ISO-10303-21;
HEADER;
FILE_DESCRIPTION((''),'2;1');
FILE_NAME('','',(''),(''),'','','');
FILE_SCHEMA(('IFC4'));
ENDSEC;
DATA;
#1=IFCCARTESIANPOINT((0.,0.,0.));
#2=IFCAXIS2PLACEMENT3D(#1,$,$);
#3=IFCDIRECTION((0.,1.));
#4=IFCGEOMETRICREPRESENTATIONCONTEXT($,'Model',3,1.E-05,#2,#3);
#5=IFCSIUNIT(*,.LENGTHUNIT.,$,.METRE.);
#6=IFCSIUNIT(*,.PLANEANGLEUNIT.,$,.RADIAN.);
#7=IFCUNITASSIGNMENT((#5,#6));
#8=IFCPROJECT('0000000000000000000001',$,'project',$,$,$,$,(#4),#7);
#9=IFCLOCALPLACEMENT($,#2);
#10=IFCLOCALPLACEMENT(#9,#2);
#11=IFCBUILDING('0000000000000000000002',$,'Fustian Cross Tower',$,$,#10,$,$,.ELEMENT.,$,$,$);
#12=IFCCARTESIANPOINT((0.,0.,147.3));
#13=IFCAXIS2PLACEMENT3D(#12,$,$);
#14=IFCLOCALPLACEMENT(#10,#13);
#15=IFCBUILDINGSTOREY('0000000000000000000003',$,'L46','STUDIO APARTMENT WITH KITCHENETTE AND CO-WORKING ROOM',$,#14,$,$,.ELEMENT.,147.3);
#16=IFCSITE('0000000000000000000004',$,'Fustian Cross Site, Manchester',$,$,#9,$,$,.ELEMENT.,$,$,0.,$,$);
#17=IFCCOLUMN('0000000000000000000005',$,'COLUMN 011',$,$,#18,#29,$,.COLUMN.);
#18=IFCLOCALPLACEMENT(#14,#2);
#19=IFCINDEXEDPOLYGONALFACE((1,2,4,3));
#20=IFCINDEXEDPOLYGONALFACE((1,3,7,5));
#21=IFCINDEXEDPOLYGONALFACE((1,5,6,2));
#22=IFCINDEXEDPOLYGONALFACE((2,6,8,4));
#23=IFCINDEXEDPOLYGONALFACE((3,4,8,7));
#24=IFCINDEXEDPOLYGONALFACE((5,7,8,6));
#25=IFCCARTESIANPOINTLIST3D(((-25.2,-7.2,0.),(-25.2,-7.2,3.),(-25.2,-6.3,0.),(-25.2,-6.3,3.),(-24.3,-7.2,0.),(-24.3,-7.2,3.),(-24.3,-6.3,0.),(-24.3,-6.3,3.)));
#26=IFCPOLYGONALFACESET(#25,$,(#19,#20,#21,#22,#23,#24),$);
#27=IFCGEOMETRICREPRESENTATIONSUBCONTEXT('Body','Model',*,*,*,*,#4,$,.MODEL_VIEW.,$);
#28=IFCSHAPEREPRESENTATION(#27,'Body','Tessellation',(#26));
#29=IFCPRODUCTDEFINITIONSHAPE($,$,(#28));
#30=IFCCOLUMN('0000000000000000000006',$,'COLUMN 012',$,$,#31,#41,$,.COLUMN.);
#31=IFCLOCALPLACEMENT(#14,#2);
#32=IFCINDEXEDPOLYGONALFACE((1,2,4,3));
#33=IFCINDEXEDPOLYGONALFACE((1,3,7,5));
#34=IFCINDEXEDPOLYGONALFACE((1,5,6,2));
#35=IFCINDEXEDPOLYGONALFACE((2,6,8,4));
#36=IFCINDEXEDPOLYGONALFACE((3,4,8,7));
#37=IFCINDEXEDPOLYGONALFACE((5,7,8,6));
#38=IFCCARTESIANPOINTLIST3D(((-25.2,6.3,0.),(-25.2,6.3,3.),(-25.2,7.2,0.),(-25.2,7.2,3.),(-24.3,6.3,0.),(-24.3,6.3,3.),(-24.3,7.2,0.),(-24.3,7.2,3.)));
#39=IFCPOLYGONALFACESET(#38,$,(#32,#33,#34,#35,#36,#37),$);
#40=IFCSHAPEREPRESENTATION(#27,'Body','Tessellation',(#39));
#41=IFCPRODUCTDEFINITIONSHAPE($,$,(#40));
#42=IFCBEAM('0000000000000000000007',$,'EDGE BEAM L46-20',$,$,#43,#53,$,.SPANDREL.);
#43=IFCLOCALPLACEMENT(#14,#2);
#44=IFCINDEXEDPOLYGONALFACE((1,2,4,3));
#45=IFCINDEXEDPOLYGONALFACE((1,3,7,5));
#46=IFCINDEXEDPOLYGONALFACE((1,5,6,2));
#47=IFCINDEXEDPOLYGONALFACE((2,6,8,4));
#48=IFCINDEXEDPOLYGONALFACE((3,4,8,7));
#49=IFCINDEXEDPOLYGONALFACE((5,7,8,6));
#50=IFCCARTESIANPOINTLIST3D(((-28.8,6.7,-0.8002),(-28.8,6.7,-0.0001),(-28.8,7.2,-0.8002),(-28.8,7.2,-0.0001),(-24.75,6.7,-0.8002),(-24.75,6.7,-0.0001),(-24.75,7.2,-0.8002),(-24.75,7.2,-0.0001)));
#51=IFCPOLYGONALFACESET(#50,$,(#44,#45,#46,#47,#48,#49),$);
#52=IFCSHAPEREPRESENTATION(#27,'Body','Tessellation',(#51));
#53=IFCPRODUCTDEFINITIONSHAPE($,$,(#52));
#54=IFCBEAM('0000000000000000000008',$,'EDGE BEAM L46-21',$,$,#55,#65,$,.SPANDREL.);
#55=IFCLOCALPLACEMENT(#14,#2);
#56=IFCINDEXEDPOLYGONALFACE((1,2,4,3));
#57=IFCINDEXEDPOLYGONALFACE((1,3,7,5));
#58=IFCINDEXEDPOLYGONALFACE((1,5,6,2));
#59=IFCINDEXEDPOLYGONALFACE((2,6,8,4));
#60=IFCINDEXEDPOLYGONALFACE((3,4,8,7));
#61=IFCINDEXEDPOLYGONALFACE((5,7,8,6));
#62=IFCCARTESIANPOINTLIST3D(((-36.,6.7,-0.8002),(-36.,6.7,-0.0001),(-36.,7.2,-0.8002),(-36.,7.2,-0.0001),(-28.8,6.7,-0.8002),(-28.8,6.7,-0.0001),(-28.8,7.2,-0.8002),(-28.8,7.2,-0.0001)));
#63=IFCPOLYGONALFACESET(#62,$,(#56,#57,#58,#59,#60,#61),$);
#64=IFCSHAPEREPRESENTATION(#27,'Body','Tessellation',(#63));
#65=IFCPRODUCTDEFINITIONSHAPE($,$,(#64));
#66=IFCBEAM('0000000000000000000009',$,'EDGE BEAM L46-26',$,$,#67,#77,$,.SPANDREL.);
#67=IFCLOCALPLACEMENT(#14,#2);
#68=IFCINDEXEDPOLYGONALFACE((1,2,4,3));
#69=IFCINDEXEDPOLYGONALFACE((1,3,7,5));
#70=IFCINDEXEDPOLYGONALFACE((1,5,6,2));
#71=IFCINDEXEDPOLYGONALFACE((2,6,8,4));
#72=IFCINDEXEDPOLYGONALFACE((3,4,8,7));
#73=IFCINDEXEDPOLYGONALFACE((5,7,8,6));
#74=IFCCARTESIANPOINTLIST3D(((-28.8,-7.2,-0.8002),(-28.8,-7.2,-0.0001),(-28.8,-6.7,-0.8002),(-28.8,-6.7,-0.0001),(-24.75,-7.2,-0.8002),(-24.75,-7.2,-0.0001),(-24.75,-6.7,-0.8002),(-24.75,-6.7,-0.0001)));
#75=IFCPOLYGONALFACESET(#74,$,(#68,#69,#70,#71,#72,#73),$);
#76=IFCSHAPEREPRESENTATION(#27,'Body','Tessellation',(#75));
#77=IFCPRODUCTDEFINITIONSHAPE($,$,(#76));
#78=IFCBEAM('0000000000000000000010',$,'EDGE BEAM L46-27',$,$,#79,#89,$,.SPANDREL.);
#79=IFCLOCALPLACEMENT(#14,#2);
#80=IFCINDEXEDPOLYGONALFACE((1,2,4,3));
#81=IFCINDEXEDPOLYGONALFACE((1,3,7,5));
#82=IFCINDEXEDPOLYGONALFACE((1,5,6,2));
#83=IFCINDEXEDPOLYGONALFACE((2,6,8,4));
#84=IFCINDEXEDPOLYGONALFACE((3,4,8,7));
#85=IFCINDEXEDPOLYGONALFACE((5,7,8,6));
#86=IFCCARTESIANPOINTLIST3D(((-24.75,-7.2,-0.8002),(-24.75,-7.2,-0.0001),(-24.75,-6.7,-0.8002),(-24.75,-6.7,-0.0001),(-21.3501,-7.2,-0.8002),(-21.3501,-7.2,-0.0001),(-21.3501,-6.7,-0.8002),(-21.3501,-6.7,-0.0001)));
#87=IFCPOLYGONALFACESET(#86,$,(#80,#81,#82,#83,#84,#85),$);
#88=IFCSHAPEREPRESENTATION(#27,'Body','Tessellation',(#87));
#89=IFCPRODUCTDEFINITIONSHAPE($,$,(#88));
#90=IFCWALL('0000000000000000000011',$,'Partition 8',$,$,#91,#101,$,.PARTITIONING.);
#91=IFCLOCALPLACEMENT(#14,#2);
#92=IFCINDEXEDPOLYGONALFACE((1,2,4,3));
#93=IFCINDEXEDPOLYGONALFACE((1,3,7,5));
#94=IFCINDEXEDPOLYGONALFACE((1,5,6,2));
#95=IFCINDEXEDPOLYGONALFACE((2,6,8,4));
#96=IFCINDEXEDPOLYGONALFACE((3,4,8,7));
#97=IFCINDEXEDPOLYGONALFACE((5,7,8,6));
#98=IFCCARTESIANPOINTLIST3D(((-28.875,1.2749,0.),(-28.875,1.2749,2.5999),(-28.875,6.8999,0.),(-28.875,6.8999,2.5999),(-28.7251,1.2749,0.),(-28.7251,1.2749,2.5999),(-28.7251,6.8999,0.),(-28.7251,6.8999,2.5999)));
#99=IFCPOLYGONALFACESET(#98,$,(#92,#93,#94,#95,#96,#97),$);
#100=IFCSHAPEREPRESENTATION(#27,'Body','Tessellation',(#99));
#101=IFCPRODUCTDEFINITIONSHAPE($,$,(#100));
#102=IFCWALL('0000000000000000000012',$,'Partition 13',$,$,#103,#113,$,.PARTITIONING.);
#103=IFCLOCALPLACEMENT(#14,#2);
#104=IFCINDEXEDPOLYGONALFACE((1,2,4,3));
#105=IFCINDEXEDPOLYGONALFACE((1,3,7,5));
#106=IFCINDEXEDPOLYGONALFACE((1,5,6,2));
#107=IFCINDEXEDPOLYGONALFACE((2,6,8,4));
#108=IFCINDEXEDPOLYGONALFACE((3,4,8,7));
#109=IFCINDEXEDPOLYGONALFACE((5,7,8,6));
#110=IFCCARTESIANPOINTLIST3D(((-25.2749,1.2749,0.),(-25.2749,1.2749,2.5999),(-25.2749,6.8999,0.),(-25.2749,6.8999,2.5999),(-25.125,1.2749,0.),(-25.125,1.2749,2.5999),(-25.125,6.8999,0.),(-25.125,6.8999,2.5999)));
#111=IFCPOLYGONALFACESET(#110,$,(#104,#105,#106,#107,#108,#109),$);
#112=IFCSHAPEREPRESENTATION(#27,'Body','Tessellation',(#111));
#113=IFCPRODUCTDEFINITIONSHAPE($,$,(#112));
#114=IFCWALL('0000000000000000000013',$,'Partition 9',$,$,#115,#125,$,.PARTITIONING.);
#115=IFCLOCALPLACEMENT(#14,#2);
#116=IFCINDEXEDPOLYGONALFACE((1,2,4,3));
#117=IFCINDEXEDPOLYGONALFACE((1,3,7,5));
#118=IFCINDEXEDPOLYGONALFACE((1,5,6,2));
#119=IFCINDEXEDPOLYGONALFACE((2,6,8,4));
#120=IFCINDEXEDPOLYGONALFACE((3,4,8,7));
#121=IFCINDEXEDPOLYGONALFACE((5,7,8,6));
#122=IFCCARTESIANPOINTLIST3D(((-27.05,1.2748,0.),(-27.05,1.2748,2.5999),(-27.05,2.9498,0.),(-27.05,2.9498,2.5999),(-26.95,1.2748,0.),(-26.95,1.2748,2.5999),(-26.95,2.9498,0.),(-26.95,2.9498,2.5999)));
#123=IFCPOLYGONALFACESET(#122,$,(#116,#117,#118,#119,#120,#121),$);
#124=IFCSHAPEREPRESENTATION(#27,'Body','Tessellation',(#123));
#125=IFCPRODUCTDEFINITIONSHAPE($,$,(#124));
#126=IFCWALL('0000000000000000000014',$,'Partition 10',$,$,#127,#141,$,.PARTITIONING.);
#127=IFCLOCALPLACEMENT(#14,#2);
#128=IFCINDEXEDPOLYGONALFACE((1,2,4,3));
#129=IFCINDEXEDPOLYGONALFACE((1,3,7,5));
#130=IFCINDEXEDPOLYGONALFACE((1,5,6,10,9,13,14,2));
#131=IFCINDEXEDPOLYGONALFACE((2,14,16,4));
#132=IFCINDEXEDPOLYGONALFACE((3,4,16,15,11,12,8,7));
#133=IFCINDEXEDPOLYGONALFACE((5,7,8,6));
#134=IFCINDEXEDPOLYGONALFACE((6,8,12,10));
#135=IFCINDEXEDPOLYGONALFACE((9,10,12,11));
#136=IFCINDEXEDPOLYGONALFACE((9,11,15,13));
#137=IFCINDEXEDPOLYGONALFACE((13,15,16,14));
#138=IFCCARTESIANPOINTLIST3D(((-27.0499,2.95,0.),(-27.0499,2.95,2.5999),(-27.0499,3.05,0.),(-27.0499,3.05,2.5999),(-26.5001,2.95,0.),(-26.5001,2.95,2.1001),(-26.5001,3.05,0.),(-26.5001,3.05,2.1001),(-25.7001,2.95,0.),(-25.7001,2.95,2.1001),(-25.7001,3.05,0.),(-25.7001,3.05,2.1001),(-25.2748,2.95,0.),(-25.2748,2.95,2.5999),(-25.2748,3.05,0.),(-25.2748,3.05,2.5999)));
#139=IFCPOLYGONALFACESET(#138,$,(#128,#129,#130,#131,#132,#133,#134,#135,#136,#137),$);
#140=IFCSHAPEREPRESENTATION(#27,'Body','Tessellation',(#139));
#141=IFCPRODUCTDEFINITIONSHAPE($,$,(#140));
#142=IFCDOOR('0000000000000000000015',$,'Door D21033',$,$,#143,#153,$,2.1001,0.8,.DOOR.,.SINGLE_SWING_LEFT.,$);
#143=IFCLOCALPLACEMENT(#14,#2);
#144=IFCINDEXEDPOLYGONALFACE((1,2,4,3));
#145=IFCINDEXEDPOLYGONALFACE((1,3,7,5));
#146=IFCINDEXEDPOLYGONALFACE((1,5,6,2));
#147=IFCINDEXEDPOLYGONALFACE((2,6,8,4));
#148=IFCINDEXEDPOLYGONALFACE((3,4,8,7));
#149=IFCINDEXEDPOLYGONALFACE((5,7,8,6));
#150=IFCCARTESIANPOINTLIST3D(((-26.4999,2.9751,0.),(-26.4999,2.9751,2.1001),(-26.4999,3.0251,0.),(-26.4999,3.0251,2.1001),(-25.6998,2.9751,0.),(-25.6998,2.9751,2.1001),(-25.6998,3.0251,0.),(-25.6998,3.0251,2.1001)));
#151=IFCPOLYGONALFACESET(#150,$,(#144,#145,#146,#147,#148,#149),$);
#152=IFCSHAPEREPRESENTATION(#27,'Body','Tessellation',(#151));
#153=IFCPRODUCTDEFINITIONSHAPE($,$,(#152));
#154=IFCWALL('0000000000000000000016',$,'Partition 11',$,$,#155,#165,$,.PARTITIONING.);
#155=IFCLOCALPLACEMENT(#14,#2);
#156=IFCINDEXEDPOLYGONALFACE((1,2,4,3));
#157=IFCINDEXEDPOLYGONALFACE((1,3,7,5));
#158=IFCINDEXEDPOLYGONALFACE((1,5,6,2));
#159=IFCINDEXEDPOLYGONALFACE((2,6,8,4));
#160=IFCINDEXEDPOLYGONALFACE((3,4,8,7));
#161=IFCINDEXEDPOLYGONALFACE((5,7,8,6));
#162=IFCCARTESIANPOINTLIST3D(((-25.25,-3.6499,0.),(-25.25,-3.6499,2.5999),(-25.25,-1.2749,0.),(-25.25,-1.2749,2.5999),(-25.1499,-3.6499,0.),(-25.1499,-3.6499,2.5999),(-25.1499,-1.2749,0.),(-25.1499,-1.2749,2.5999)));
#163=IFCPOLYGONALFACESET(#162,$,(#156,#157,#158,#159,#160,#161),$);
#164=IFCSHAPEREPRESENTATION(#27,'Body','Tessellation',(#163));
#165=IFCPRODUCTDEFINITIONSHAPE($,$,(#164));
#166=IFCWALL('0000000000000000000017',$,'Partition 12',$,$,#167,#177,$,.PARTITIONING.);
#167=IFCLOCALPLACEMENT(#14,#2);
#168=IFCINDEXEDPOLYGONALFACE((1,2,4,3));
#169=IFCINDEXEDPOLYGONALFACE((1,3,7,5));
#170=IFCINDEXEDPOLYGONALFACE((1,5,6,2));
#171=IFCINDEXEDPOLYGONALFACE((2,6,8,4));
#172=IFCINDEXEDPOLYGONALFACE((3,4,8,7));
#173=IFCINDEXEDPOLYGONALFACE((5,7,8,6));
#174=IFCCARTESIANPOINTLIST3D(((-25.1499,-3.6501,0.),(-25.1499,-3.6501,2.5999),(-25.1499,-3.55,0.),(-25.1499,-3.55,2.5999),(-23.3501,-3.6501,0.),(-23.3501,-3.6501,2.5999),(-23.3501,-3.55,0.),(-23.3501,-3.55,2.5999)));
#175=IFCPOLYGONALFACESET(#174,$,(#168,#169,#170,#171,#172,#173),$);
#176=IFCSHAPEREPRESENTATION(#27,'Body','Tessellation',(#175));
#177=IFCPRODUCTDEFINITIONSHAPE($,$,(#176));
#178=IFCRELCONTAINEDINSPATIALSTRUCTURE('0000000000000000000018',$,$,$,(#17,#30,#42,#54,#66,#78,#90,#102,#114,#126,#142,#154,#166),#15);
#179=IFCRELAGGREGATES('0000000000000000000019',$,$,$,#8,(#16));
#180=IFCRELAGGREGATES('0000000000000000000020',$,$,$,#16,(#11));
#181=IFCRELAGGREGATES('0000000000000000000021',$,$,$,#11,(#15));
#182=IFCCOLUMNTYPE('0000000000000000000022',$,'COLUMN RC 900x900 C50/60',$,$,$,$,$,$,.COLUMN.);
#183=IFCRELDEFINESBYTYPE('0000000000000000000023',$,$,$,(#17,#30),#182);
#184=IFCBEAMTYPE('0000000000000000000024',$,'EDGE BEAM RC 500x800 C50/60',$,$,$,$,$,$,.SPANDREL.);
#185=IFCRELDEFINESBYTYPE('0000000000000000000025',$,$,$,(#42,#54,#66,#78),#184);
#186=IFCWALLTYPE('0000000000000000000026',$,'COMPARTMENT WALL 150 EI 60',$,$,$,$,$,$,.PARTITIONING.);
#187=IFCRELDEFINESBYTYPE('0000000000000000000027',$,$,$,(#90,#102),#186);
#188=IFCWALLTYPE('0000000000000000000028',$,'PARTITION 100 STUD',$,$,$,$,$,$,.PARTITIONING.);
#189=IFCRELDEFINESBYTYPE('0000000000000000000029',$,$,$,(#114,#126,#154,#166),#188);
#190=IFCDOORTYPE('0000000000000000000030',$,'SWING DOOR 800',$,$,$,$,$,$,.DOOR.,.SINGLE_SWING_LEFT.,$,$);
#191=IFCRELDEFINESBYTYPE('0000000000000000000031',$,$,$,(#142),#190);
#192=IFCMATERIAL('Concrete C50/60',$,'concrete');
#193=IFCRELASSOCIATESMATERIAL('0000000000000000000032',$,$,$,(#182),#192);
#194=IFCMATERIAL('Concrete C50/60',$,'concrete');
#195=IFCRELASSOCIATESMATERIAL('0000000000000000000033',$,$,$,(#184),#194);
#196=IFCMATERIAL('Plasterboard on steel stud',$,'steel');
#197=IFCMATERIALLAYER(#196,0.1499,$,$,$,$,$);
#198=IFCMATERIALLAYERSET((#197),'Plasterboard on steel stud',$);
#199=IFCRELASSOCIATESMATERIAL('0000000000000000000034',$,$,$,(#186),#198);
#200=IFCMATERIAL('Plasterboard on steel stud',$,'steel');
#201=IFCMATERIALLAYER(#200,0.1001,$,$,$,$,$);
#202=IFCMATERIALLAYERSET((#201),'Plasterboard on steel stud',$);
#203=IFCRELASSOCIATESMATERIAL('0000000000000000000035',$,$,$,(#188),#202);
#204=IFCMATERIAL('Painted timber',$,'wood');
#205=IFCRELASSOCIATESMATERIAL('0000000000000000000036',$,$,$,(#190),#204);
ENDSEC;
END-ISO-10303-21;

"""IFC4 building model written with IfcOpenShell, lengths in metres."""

from ifc_helpers import new_model, si_unit, direction, frame, frame_2d, origin, origin_2d, place, context, subcontext, project, spatial, rectangle, extrude, material, layer, layer_set, material_profile, profile_set, type_object, element, fill, save


model = new_model("IFC4")

# Units and contexts
model_context = context("Model", 3, precision=1e-05, world=origin(), true_north=direction((0.0, 1.0)))
body_context = subcontext(model_context, "Body", "Model", "MODEL_VIEW")
ifc_project = project(units=[si_unit("LENGTHUNIT", "METRE"), si_unit("PLANEANGLEUNIT", "RADIAN")], contexts=[model_context])

# Site, building, storey
site_placement = place(None, origin())
site = spatial("IfcSite", under=ifc_project, at=site_placement, Name="Fustian Cross Site, Manchester", CompositionType="ELEMENT", RefElevation=0.0)
building_placement = place(site_placement, origin())
building = spatial("IfcBuilding", under=site, at=building_placement, Name="Fustian Cross Tower", CompositionType="ELEMENT")
storey_placement = place(building_placement, frame((0.0, 0.0, 147.3)))
storey = spatial("IfcBuildingStorey", under=building, at=storey_placement, Name="L46", Description="STUDIO APARTMENT WITH KITCHENETTE AND CO-WORKING ROOM", CompositionType="ELEMENT", Elevation=147.3)

# Columns
ifc_material_1 = material(Name="Concrete C50/60", Category="concrete")
ifc_material_profile_1 = material_profile(ifc_material_1, rectangle(XDim=0.8999, YDim=0.8999, at=origin_2d()), Name="RC 900x900")
ifc_profile_set_1 = profile_set([ifc_material_profile_1], Name="Concrete C50/60")
column_type = type_object("IfcColumnType", Name="COLUMN RC 900x900 C50/60", PredefinedType="COLUMN", material=ifc_profile_set_1)
for number, where, z_axis, x_axis, name in (
    (1, (-24.75, -6.75, 0.0), (0.0, 0.0, 1.0), (1.0, 0.0, 0.0), "COLUMN 011"),
    (2, (-24.75, 6.75, 0.0), (0.0, 0.0, 1.0), (1.0, 0.0, 0.0), "COLUMN 012"),
):
    element("IfcColumn", number, at=place(storey_placement, frame(where, z_axis=z_axis, x_axis=x_axis)), inside=storey, type_object=column_type, Name=name, PredefinedType="COLUMN", context=body_context, shape_type="SweptSolid", body=[
        extrude(rectangle(XDim=0.8999, YDim=0.8999, at=origin_2d()), origin(), (0.0, 0.0, 1.0), 3.0),
    ])

# Beams
ifc_material_2 = material(Name="Concrete C50/60", Category="concrete")
ifc_material_profile_2 = material_profile(ifc_material_2, rectangle(XDim=0.5, YDim=0.8, at=origin_2d()), Name="RC 500x800")
ifc_profile_set_2 = profile_set([ifc_material_profile_2], Name="Concrete C50/60")
beam_type = type_object("IfcBeamType", Name="EDGE BEAM RC 500x800 C50/60", PredefinedType="SPANDREL", material=ifc_profile_set_2)
beam_1_placement = place(storey_placement, frame((-24.75, 6.95, -0.4001), z_axis=(-1.0, 0.0, 0.0), x_axis=(0.0, -1.0, 0.0)))
element("IfcBeam", 3, at=beam_1_placement, inside=storey, type_object=beam_type, Name="EDGE BEAM L46-20", PredefinedType="SPANDREL", context=body_context, shape_type="SweptSolid", body=[
    extrude(rectangle(XDim=0.5, YDim=0.8, at=origin_2d()), origin(), (0.0, 0.0, 1.0), 4.05),
])
beam_2_placement = place(storey_placement, frame((-28.8, 6.95, -0.4001), z_axis=(-1.0, 0.0, 0.0), x_axis=(0.0, -1.0, 0.0)))
element("IfcBeam", 4, at=beam_2_placement, inside=storey, type_object=beam_type, Name="EDGE BEAM L46-21", PredefinedType="SPANDREL", context=body_context, shape_type="SweptSolid", body=[
    extrude(rectangle(XDim=0.5, YDim=0.8, at=origin_2d()), origin(), (0.0, 0.0, 1.0), 7.2),
])
beam_3_placement = place(storey_placement, frame((-28.8, -6.95, -0.4001), z_axis=(1.0, 0.0, 0.0), x_axis=(0.0, 1.0, 0.0)))
element("IfcBeam", 5, at=beam_3_placement, inside=storey, type_object=beam_type, Name="EDGE BEAM L46-26", PredefinedType="SPANDREL", context=body_context, shape_type="SweptSolid", body=[
    extrude(rectangle(XDim=0.5, YDim=0.8, at=origin_2d()), origin(), (0.0, 0.0, 1.0), 4.05),
])
beam_4_placement = place(storey_placement, frame((-24.75, -6.95, -0.4001), z_axis=(1.0, 0.0, 0.0), x_axis=(0.0, 1.0, 0.0)))
element("IfcBeam", 6, at=beam_4_placement, inside=storey, type_object=beam_type, Name="EDGE BEAM L46-27", PredefinedType="SPANDREL", context=body_context, shape_type="SweptSolid", body=[
    extrude(rectangle(XDim=0.5, YDim=0.8, at=origin_2d()), origin(), (0.0, 0.0, 1.0), 3.3999),
])

# Walls
ifc_material_3 = material(Name="Plasterboard on steel stud", Category="steel")
ifc_layer_1 = layer(ifc_material_3, 0.1499)
ifc_layer_set_1 = layer_set([ifc_layer_1], Name="Plasterboard on steel stud")
wall_type_1 = type_object("IfcWallType", Name="COMPARTMENT WALL 150 EI 60", PredefinedType="PARTITIONING", material=ifc_layer_set_1)
for number, where, z_axis, x_axis, name in (
    (7, (-28.8, 1.2749, 0.0), (0.0, 0.0, 1.0), (0.0, 1.0, 0.0), "Partition 8"),
    (8, (-25.2, 1.2749, 0.0), (0.0, 0.0, 1.0), (0.0, 1.0, 0.0), "Partition 13"),
):
    element("IfcWall", number, at=place(storey_placement, frame(where, z_axis=z_axis, x_axis=x_axis)), inside=storey, type_object=wall_type_1, Name=name, PredefinedType="PARTITIONING", context=body_context, shape_type="SweptSolid", body=[
        extrude(rectangle(XDim=5.625, YDim=0.1499, at=frame_2d((2.8125, 0.0))), origin(), (0.0, 0.0, 1.0), 2.5999),
    ])
ifc_material_4 = material(Name="Plasterboard on steel stud", Category="steel")
ifc_layer_2 = layer(ifc_material_4, 0.1001)
ifc_layer_set_2 = layer_set([ifc_layer_2], Name="Plasterboard on steel stud")
wall_type_2 = type_object("IfcWallType", Name="PARTITION 100 STUD", PredefinedType="PARTITIONING", material=ifc_layer_set_2)
wall_1_placement = place(storey_placement, frame((-27.0, 1.2749, 0.0), z_axis=(0.0, 0.0, 1.0), x_axis=(0.0, 1.0, 0.0)))
element("IfcWall", 9, at=wall_1_placement, inside=storey, type_object=wall_type_2, Name="Partition 9", PredefinedType="PARTITIONING", context=body_context, shape_type="SweptSolid", body=[
    extrude(rectangle(XDim=1.675, YDim=0.1001, at=frame_2d((0.8374, 0.0))), origin(), (0.0, 0.0, 1.0), 2.5999),
])

# Wall, opening, door
wall_2_placement = place(storey_placement, frame((-27.05, 3.0, 0.0), z_axis=(0.0, 0.0, 1.0), x_axis=(1.0, 0.0, 0.0)))
wall_2 = element("IfcWall", 10, at=wall_2_placement, inside=storey, type_object=wall_type_2, Name="Partition 10", PredefinedType="PARTITIONING", context=body_context, shape_type="SweptSolid", body=[
    extrude(rectangle(XDim=1.7751, YDim=0.1001, at=frame_2d((0.8877, 0.0))), origin(), (0.0, 0.0, 1.0), 2.5999),
])
opening_1_placement = place(wall_2_placement, frame((0.55, 0.0, 0.0)))
opening_1 = element("IfcOpeningElement", 11, at=opening_1_placement, cuts=wall_2, PredefinedType="OPENING", context=body_context, shape_type="SweptSolid", body=[
    extrude(rectangle(XDim=0.8, YDim=2.1001, at=frame_2d((0.3999, 1.05))), frame((0.0, 0.0601, 0.0), z_axis=(0.0, -1.0, 0.0), x_axis=(1.0, 0.0, 0.0)), (0.0, 0.0, 1.0), 0.1201),
])
ifc_material_5 = material(Name="Painted timber", Category="wood")
door_type = type_object("IfcDoorType", Name="SWING DOOR 800", OperationType="SINGLE_SWING_LEFT", PredefinedType="DOOR", material=ifc_material_5)
door_1_placement = place(opening_1_placement, frame((0.8, 0.0, 0.0), z_axis=(0.0, 0.0, 1.0), x_axis=(-1.0, 0.0, 0.0)))
door_1 = element("IfcDoor", 12, at=door_1_placement, inside=storey, type_object=door_type, Name="Door D21033", OperationType="SINGLE_SWING_LEFT", OverallHeight=2.1001, OverallWidth=0.8, PredefinedType="DOOR", context=body_context, shape_type="SweptSolid", body=[
    extrude(rectangle(XDim=0.8, YDim=2.1001, at=frame_2d((0.3999, 1.05))), frame((0.0, 0.0249, 0.0), z_axis=(0.0, -1.0, 0.0), x_axis=(1.0, 0.0, 0.0)), (0.0, 0.0, 1.0), 0.05),
])
fill(opening_1, door_1)

# Walls
wall_3_placement = place(storey_placement, frame((-25.2, -3.6499, 0.0), z_axis=(0.0, 0.0, 1.0), x_axis=(0.0, 1.0, 0.0)))
element("IfcWall", 13, at=wall_3_placement, inside=storey, type_object=wall_type_2, Name="Partition 11", PredefinedType="PARTITIONING", context=body_context, shape_type="SweptSolid", body=[
    extrude(rectangle(XDim=2.375, YDim=0.1001, at=frame_2d((1.1875, 0.0))), origin(), (0.0, 0.0, 1.0), 2.5999),
])
wall_4_placement = place(storey_placement, frame((-25.1499, -3.6001, 0.0), z_axis=(0.0, 0.0, 1.0), x_axis=(1.0, 0.0, 0.0)))
element("IfcWall", 14, at=wall_4_placement, inside=storey, type_object=wall_type_2, Name="Partition 12", PredefinedType="PARTITIONING", context=body_context, shape_type="SweptSolid", body=[
    extrude(rectangle(XDim=1.7998, YDim=0.1001, at=frame_2d((0.8999, 0.0))), origin(), (0.0, 0.0, 1.0), 2.5999),
])

save(model, "model.ifc")
